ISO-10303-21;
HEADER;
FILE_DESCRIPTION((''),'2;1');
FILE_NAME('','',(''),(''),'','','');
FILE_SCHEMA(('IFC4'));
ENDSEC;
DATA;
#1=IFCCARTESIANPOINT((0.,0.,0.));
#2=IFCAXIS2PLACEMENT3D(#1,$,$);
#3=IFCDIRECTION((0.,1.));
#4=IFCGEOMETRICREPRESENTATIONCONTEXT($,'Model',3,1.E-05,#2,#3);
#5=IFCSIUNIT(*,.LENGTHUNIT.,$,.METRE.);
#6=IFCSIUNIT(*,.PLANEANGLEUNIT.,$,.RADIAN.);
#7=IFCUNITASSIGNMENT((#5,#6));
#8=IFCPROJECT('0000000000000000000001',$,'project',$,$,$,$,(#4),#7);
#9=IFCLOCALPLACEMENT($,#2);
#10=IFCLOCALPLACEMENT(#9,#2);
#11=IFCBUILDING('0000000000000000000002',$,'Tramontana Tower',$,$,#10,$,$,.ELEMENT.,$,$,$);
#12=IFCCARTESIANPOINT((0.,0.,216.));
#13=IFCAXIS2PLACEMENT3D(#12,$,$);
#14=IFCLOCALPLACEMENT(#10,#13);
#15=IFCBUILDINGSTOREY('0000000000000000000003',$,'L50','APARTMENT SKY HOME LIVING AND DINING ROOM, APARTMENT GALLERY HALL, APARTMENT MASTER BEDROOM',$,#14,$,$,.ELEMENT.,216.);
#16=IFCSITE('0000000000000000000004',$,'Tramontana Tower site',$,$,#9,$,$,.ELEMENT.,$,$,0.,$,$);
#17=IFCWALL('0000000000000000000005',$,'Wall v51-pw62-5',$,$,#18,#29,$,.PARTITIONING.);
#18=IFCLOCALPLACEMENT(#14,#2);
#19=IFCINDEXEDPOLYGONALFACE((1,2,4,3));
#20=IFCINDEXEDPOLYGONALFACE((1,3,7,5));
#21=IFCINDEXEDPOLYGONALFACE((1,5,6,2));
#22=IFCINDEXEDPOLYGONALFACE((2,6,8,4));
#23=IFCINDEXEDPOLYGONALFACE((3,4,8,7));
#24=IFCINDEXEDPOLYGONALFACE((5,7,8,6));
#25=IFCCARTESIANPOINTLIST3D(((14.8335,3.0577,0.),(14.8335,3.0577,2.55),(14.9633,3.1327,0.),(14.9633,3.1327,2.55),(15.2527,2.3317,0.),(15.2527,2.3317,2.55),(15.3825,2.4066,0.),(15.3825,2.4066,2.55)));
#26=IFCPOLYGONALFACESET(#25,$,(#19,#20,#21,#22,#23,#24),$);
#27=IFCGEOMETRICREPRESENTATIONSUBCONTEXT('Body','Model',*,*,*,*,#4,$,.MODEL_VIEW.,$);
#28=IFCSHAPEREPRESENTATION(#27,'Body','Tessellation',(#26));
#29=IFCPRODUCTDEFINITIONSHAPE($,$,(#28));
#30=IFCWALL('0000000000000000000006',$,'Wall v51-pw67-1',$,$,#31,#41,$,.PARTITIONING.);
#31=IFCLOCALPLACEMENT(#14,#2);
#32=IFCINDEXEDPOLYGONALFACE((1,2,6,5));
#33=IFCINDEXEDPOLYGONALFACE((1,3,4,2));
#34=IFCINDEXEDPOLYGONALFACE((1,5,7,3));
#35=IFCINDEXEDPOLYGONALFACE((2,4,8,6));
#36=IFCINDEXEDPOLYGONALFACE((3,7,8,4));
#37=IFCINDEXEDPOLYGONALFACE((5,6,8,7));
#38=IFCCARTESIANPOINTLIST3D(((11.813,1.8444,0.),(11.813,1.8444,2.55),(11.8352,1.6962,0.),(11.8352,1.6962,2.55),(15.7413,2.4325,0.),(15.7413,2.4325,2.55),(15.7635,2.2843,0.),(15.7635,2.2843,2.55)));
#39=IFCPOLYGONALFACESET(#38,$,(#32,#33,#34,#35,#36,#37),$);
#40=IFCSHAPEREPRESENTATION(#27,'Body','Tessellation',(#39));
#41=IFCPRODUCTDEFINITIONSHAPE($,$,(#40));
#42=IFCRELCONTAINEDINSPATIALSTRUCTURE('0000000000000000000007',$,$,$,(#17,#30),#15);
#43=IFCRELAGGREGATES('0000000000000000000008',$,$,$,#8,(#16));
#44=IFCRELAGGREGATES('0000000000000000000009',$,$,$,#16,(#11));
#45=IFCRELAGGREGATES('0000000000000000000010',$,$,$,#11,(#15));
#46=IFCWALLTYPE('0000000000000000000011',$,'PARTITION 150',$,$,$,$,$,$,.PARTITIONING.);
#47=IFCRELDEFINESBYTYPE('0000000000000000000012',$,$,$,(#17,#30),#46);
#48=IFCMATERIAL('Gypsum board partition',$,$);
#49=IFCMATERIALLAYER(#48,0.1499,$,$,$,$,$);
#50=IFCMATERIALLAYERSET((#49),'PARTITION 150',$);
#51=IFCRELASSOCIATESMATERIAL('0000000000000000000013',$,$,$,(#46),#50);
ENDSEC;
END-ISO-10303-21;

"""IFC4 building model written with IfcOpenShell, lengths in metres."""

from ifc_helpers import new_model, si_unit, direction, frame, frame_2d, origin, place, context, subcontext, project, spatial, rectangle, extrude, material, layer, layer_set, type_object, element, save


model = new_model("IFC4")

# Units and contexts
model_context = context("Model", 3, precision=1e-05, world=origin(), true_north=direction((0.0, 1.0)))
body_context = subcontext(model_context, "Body", "Model", "MODEL_VIEW")
ifc_project = project(units=[si_unit("LENGTHUNIT", "METRE"), si_unit("PLANEANGLEUNIT", "RADIAN")], contexts=[model_context])

# Site, building, storey
site_placement = place(None, origin())
site = spatial("IfcSite", under=ifc_project, at=site_placement, Name="Tramontana Tower site", CompositionType="ELEMENT", RefElevation=0.0)
building_placement = place(site_placement, origin())
building = spatial("IfcBuilding", under=site, at=building_placement, Name="Tramontana Tower", CompositionType="ELEMENT")
storey_placement = place(building_placement, frame((0.0, 0.0, 216.0)))
storey = spatial("IfcBuildingStorey", under=building, at=storey_placement, Name="L50", Description="APARTMENT SKY HOME LIVING AND DINING ROOM, APARTMENT GALLERY HALL, APARTMENT MASTER BEDROOM", CompositionType="ELEMENT", Elevation=216.0)

# Shared definitions
ifc_material_1 = material(Name="Gypsum board partition")
ifc_layer_1 = layer(ifc_material_1, 0.1499)
ifc_layer_set_1 = layer_set([ifc_layer_1], Name="PARTITION 150")
wall_type_1 = type_object("IfcWallType", Name="PARTITION 150", PredefinedType="PARTITIONING", material=ifc_layer_set_1)

# Wall
wall_1_placement = place(storey_placement, frame((14.8984, 3.0952, 0.0), z_axis=(0.0, 0.0, 1.0), x_axis=(0.499991, -0.86603, 0.0)))
element("IfcWall", 1, at=wall_1_placement, inside=storey, type_object=wall_type_1, Name="Wall v51-pw62-5", PredefinedType="PARTITIONING", context=body_context, shape_type="SweptSolid", body=[
    extrude(rectangle(XDim=0.8384, YDim=0.1499, at=frame_2d((0.4192, 0.0))), origin(), (0.0, 0.0, 1.0), 2.55),
])

# Wall
wall_2_placement = place(storey_placement, frame((15.7524, 2.3584, 0.0), z_axis=(0.0, 0.0, 1.0), x_axis=(-0.988978, -0.148061, 0.0)))
element("IfcWall", 2, at=wall_2_placement, inside=storey, type_object=wall_type_1, Name="Wall v51-pw67-1", PredefinedType="PARTITIONING", context=body_context, shape_type="SweptSolid", body=[
    extrude(rectangle(XDim=3.9722, YDim=0.1499, at=frame_2d((1.9861, 0.0))), origin(), (0.0, 0.0, 1.0), 2.55),
])

save(model, "model.ifc")
